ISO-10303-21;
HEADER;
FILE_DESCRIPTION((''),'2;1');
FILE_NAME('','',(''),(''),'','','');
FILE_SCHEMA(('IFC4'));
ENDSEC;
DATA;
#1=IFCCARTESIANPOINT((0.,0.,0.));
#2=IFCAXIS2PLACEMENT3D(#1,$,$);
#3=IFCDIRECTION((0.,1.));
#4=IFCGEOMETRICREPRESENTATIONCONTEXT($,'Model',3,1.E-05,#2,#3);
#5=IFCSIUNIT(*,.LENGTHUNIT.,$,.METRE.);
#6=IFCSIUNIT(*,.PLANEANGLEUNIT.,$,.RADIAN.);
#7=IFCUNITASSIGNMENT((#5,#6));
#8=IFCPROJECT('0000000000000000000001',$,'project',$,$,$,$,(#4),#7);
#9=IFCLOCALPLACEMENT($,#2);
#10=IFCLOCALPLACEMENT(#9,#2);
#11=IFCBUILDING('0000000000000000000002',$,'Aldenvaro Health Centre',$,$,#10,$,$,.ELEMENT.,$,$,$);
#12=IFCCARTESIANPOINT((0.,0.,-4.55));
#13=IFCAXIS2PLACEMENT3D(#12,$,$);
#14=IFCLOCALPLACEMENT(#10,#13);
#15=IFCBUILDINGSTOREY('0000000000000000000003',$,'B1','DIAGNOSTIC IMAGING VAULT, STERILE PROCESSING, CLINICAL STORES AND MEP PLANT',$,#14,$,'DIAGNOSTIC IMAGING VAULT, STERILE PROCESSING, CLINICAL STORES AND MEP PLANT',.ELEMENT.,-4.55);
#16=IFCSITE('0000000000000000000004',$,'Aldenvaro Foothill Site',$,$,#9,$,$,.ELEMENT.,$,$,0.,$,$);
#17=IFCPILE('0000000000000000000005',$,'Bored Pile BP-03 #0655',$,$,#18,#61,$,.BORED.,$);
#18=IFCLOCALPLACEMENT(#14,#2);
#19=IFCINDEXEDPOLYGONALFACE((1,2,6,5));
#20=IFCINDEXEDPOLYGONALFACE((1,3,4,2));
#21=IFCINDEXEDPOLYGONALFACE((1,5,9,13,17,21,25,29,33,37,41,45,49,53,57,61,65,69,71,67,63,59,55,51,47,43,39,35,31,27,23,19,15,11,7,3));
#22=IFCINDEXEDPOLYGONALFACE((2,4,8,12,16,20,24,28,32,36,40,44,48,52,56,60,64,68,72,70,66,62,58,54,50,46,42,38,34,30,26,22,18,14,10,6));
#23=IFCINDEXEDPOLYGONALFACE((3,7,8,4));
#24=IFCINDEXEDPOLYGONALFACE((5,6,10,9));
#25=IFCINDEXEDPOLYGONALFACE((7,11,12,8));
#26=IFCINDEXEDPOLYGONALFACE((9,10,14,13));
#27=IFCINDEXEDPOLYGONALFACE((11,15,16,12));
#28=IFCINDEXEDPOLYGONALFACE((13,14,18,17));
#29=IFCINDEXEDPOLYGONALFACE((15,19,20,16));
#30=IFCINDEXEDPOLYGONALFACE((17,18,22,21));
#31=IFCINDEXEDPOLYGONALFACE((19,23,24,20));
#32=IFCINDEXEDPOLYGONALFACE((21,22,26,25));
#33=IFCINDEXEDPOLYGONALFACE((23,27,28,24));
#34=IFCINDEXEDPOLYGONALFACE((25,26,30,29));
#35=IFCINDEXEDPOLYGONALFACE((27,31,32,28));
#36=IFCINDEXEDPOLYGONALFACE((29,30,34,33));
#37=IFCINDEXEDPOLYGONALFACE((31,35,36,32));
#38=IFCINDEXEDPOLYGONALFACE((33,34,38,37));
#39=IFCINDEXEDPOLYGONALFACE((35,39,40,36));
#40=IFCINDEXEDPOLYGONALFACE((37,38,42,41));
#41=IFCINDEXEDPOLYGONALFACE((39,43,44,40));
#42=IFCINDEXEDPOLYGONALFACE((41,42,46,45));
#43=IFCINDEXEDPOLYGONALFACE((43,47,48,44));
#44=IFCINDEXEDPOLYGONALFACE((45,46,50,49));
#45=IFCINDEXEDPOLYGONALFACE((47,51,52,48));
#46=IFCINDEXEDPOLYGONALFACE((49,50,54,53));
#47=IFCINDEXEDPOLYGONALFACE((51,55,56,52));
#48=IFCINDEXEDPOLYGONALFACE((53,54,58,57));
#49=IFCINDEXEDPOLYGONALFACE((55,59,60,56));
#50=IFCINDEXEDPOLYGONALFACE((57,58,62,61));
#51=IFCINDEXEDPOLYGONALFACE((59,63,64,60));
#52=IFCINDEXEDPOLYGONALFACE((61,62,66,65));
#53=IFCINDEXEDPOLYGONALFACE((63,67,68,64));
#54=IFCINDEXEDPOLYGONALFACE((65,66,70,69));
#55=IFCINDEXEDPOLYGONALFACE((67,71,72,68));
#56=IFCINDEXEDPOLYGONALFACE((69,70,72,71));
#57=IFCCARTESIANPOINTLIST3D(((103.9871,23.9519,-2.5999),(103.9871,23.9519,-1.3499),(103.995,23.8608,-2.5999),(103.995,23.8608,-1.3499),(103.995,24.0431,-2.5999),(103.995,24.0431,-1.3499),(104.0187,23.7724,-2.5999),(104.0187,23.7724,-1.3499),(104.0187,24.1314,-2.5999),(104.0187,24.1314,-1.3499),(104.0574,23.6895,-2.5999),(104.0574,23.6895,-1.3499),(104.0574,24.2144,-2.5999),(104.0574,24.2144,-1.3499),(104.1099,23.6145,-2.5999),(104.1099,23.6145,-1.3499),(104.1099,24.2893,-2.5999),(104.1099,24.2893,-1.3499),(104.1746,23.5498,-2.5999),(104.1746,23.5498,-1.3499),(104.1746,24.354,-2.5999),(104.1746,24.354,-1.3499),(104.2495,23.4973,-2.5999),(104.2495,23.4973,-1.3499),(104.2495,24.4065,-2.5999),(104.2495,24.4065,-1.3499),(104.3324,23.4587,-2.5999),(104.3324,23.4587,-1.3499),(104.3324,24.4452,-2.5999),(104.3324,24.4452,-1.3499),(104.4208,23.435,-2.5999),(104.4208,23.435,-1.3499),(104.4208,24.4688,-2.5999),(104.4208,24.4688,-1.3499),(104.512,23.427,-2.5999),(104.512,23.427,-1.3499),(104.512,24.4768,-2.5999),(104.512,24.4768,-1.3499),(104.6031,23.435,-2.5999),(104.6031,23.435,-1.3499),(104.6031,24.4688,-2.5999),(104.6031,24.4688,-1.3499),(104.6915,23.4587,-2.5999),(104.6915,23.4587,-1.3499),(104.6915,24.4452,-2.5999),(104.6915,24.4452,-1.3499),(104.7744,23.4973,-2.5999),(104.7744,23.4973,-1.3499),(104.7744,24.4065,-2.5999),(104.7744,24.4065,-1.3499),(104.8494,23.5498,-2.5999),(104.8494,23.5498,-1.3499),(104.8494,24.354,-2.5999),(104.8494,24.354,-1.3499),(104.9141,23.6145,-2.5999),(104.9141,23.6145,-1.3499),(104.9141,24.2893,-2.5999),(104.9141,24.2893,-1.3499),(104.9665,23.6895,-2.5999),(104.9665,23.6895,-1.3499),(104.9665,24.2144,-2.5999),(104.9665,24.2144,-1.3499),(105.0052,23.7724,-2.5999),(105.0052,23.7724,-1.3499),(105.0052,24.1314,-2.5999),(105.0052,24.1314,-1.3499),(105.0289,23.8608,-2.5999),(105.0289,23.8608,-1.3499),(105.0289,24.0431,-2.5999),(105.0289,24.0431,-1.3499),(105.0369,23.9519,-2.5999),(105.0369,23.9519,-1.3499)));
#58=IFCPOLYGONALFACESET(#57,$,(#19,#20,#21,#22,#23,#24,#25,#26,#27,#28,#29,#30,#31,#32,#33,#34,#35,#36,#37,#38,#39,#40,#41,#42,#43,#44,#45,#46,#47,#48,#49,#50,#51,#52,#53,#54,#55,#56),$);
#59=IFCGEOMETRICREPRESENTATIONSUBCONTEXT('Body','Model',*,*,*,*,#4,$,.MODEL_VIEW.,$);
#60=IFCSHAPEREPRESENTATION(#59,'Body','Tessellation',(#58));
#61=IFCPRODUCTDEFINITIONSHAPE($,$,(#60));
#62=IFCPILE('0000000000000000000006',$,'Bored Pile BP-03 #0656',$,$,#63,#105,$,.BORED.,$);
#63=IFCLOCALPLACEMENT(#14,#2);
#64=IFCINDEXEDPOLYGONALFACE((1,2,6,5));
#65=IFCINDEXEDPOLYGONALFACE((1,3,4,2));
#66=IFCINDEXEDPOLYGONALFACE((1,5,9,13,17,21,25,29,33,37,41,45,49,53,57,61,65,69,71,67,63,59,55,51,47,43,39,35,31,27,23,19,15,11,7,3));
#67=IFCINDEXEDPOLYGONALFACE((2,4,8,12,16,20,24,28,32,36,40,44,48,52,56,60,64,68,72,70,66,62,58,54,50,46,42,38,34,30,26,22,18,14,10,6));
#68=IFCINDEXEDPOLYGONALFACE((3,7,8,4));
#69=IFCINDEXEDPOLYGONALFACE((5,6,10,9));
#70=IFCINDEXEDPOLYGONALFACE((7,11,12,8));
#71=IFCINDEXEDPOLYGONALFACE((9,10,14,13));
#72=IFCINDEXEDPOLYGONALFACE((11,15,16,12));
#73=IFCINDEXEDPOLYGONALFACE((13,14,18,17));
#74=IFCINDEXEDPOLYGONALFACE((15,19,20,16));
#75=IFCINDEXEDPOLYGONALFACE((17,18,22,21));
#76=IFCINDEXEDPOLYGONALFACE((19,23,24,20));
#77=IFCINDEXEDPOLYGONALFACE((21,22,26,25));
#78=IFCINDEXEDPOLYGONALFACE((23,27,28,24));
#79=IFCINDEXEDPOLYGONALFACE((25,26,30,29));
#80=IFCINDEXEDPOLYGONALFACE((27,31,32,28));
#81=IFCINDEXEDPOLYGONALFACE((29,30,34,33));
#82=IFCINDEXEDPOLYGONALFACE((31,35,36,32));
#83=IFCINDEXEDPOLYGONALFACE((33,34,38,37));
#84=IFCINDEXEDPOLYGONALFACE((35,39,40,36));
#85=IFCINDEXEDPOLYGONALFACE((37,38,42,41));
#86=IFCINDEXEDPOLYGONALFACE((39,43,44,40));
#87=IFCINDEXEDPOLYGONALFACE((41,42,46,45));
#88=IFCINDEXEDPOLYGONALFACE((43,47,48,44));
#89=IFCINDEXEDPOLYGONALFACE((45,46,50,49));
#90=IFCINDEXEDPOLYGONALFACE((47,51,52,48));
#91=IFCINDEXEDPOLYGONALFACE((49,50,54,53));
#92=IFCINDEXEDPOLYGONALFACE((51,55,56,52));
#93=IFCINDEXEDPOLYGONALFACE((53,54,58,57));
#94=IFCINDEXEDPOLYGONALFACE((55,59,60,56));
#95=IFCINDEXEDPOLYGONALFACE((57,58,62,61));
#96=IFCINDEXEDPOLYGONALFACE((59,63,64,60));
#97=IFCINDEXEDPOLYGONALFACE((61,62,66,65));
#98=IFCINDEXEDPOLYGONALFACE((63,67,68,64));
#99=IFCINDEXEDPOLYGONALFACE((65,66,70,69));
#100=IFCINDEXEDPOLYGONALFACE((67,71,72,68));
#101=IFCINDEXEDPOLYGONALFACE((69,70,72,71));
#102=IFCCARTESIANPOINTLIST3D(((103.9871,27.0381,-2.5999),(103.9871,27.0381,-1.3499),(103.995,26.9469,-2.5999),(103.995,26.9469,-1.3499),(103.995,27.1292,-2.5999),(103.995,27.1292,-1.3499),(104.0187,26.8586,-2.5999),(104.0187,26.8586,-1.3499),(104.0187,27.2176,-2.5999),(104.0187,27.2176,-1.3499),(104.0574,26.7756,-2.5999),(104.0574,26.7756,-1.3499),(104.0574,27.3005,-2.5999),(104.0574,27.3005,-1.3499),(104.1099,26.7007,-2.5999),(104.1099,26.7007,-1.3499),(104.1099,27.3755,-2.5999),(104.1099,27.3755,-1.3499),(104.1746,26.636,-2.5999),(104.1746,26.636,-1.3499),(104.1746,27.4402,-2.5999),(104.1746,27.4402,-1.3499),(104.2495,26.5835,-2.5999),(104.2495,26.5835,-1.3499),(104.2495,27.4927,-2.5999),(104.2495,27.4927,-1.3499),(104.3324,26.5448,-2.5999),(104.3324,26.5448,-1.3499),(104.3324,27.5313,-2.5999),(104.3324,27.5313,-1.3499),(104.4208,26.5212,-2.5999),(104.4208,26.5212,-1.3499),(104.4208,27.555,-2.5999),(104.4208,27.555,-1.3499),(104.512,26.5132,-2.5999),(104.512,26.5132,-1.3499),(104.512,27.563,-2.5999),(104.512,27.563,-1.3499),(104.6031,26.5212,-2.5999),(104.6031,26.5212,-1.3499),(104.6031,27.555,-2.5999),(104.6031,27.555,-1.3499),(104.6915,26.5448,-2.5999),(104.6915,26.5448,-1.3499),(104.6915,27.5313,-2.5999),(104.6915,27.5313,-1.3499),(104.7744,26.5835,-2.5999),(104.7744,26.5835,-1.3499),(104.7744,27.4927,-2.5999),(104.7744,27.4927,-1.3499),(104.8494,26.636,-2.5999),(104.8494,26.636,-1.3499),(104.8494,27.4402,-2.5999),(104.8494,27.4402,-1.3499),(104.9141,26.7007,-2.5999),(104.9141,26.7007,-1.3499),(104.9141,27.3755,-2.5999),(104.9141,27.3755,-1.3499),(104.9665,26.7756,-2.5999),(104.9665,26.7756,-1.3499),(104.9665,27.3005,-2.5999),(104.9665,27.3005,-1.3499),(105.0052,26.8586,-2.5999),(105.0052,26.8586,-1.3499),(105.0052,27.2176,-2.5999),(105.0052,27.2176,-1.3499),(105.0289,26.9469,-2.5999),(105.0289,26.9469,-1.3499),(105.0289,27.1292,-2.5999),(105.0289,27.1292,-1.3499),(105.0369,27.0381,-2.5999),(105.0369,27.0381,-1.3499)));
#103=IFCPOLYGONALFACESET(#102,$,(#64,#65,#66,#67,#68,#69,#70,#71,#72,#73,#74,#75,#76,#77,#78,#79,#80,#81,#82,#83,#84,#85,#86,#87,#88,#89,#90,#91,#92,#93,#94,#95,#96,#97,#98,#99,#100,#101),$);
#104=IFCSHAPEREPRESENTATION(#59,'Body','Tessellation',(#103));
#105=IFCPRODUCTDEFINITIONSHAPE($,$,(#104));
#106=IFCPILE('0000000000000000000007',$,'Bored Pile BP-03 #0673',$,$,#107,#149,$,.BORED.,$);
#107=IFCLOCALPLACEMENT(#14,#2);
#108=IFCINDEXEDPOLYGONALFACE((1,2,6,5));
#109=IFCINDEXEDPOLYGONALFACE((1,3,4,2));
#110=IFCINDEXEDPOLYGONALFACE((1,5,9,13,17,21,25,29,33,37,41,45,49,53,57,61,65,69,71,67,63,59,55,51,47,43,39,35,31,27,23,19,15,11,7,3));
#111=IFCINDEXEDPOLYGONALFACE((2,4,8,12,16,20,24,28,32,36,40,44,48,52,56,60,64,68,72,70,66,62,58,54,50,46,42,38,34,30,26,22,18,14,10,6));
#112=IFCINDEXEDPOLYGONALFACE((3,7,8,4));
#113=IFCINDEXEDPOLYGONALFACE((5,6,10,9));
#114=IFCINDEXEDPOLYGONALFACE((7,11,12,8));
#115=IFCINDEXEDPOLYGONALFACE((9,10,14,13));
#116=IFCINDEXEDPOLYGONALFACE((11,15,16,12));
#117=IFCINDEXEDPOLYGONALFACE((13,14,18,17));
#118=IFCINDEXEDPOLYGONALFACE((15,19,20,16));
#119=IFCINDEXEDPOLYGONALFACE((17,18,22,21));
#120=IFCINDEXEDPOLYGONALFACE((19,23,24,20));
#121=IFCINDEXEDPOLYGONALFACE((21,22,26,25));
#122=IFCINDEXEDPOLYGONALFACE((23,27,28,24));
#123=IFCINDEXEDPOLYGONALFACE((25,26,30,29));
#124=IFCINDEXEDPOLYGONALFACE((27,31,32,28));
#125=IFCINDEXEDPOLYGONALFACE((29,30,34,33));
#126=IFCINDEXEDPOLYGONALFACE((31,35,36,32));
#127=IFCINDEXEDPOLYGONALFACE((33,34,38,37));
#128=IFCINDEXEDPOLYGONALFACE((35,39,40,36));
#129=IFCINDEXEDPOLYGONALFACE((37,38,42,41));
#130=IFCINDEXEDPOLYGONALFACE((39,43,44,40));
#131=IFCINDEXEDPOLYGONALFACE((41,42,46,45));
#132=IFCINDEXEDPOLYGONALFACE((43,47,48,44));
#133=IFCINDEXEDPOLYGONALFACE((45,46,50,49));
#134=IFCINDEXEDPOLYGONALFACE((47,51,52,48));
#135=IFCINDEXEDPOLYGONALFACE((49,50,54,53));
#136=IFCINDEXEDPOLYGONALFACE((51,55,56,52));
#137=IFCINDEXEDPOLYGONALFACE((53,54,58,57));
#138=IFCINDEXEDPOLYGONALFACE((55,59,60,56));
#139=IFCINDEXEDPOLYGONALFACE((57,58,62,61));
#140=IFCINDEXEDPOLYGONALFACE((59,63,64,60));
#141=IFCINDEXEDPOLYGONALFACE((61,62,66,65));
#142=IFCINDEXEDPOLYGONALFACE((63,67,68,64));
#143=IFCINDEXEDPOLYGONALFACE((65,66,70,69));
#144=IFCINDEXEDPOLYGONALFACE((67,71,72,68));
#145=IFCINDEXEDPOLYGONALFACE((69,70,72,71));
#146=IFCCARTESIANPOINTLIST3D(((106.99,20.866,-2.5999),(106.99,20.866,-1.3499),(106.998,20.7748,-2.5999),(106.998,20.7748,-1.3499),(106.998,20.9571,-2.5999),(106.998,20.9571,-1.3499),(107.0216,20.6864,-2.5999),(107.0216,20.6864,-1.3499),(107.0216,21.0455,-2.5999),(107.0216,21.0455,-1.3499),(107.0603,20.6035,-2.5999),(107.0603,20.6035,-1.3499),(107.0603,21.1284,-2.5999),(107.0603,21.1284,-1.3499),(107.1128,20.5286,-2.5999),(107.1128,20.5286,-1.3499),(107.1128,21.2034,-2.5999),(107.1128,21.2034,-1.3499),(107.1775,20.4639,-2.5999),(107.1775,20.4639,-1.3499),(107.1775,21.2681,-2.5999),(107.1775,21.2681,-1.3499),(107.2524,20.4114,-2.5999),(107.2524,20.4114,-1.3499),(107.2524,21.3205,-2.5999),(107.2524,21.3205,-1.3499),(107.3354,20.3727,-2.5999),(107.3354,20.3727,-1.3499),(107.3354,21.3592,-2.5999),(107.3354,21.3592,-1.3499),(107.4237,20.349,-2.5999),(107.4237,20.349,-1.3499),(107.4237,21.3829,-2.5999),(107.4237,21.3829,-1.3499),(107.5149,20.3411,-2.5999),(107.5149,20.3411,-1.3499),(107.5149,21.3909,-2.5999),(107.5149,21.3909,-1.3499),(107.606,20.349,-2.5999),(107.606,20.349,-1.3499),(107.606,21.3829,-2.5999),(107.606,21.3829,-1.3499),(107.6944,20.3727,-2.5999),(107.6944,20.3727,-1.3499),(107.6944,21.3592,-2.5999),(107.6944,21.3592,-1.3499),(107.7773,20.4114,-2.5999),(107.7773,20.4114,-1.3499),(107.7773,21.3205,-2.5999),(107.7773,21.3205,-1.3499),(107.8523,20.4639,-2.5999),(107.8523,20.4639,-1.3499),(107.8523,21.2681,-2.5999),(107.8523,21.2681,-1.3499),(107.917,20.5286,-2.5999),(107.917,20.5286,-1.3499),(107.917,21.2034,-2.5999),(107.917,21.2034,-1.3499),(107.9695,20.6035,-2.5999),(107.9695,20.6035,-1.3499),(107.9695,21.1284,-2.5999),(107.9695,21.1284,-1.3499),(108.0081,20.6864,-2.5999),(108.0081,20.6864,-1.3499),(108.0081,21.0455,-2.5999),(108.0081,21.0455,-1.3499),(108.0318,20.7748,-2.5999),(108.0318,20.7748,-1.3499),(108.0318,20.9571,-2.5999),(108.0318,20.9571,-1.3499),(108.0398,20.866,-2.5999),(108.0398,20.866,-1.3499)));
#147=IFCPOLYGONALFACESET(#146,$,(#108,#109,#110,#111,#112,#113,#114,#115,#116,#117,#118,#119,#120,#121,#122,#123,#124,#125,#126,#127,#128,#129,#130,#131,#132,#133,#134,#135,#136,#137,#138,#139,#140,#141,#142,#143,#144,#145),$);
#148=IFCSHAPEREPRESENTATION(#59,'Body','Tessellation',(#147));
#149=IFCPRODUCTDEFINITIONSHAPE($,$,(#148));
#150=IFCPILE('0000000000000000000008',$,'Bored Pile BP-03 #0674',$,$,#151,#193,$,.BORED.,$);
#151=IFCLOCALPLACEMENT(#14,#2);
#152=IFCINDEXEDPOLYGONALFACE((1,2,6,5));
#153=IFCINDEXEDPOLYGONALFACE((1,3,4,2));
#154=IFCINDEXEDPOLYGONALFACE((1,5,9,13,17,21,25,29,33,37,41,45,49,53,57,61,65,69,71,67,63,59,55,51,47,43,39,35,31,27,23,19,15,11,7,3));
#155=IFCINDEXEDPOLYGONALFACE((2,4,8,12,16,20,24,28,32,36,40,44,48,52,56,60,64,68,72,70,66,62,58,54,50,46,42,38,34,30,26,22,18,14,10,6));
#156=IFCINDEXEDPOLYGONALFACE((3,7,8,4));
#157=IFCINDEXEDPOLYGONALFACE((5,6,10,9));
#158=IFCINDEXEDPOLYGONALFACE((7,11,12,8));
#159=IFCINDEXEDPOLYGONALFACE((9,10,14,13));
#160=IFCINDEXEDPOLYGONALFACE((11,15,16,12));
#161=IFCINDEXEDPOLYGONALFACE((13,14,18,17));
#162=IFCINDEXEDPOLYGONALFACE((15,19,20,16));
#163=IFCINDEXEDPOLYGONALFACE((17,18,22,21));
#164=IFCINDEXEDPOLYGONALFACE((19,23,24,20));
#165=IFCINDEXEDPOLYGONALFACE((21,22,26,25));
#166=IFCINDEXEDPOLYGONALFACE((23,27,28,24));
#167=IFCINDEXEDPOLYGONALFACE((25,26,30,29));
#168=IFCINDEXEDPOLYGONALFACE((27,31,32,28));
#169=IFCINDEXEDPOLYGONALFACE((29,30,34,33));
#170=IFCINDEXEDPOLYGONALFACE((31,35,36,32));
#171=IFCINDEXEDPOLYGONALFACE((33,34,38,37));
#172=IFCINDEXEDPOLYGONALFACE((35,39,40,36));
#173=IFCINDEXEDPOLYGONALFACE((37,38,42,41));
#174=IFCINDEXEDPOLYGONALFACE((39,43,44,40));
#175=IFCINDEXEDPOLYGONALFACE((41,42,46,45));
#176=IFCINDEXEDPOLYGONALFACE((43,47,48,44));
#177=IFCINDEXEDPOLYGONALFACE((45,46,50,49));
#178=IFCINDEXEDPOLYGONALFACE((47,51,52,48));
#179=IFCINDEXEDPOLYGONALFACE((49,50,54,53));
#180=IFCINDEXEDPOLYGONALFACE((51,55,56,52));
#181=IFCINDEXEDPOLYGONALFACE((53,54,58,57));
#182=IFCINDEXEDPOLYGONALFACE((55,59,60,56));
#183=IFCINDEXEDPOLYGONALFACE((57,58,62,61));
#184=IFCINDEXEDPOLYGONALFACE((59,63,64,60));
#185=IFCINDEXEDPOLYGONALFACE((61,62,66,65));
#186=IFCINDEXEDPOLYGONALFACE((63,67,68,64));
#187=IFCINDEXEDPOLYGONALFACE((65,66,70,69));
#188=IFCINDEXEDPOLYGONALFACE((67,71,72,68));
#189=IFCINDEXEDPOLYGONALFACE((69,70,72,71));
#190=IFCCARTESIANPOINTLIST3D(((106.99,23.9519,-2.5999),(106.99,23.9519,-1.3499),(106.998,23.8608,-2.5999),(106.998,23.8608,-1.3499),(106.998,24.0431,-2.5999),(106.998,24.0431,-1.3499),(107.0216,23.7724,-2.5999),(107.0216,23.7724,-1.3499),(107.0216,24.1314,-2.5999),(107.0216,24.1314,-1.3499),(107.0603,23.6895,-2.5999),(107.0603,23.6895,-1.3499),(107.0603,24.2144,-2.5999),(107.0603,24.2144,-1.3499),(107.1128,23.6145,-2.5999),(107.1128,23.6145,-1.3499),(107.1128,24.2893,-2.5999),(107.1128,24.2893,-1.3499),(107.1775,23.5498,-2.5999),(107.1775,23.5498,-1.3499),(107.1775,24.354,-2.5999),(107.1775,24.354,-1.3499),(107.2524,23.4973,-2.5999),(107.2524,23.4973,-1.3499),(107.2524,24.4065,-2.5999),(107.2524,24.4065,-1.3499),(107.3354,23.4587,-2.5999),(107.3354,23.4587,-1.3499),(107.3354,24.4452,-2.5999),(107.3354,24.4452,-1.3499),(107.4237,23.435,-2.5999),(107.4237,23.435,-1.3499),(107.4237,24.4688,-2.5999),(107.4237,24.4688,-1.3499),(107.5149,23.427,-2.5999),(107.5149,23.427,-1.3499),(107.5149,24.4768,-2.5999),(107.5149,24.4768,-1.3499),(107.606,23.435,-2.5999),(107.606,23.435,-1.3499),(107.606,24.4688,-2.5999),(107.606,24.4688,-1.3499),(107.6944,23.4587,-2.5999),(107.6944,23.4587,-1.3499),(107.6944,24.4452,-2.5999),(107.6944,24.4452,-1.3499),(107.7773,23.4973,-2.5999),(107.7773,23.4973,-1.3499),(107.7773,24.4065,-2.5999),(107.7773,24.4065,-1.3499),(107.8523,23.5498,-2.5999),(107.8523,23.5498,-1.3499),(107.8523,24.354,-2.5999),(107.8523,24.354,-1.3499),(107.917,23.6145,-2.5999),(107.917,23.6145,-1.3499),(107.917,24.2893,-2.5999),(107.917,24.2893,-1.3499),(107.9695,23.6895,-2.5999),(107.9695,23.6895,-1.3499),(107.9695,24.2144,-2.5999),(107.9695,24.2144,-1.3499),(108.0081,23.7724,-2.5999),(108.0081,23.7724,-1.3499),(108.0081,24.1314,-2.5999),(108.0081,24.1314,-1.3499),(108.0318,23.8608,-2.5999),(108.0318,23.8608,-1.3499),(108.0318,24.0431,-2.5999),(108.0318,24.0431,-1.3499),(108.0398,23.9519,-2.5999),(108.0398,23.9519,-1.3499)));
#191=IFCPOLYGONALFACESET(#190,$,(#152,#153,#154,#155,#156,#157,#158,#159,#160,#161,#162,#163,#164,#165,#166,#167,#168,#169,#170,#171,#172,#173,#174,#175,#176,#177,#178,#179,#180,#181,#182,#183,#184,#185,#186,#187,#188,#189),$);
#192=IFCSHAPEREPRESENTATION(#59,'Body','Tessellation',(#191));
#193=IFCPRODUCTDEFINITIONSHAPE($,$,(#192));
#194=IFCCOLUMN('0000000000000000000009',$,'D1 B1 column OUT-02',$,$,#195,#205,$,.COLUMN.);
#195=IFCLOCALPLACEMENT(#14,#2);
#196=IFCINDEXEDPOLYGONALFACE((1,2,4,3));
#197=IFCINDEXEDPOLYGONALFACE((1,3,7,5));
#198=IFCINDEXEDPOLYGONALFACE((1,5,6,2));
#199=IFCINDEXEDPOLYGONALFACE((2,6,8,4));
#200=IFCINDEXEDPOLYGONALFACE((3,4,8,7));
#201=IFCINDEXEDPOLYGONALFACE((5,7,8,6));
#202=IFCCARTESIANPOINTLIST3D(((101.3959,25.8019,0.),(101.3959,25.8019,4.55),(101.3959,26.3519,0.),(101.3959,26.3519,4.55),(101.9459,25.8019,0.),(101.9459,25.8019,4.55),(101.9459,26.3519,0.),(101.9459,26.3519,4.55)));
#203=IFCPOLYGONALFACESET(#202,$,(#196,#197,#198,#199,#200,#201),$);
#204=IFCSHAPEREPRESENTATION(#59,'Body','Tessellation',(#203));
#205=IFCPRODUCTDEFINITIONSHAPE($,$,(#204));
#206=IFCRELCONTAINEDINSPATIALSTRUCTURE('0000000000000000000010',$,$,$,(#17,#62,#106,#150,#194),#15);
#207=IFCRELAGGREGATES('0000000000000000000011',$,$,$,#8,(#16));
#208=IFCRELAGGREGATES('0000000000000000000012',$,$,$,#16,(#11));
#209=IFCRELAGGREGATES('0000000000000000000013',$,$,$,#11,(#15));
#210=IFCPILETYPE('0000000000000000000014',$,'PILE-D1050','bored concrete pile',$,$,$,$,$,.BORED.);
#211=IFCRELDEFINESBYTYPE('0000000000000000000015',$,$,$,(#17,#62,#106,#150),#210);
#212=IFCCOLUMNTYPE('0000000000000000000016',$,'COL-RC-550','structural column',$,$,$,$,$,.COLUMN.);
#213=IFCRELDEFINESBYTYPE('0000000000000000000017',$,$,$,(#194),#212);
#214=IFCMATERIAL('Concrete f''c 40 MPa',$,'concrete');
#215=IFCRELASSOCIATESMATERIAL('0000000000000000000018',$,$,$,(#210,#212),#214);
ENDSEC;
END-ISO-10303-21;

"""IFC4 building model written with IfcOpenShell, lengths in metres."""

from ifc_helpers import new_model, si_unit, direction, frame, origin, origin_2d, place, context, subcontext, project, spatial, rectangle, circle, extrude, material, material_profile, profile_set, type_object, element, save


model = new_model("IFC4")

# Units and contexts
model_context = context("Model", 3, precision=1e-05, world=origin(), true_north=direction((0.0, 1.0)))
body_context = subcontext(model_context, "Body", "Model", "MODEL_VIEW")
ifc_project = project(units=[si_unit("LENGTHUNIT", "METRE"), si_unit("PLANEANGLEUNIT", "RADIAN")], contexts=[model_context])

# Site, building, storey
site_placement = place(None, origin())
site = spatial("IfcSite", under=ifc_project, at=site_placement, Name="Aldenvaro Foothill Site", CompositionType="ELEMENT", RefElevation=0.0)
building_placement = place(site_placement, origin())
building = spatial("IfcBuilding", under=site, at=building_placement, Name="Aldenvaro Health Centre", CompositionType="ELEMENT")
storey_placement = place(building_placement, frame((0.0, 0.0, -4.55)))
storey = spatial("IfcBuildingStorey", under=building, at=storey_placement, Name="B1", Description="DIAGNOSTIC IMAGING VAULT, STERILE PROCESSING, CLINICAL STORES AND MEP PLANT", LongName="DIAGNOSTIC IMAGING VAULT, STERILE PROCESSING, CLINICAL STORES AND MEP PLANT", CompositionType="ELEMENT", Elevation=-4.55)

# Piles
ifc_material_1 = material(Name="Concrete f'c 40 MPa", Category="concrete")
ifc_material_profile_1 = material_profile(ifc_material_1, circle(Radius=0.5249, at=origin_2d()), Name="PILE D1050", Category="concrete")
ifc_profile_set_1 = profile_set([ifc_material_profile_1], Name="Concrete f'c 40 MPa")
pile_type = type_object("IfcPileType", Name="PILE-D1050", Description="bored concrete pile", PredefinedType="BORED", material=ifc_profile_set_1)
for number, where, z_axis, x_axis, name in (
    (1, (104.512, 23.9519, -1.3499), (0.0, 0.0, -1.0), (1.0, 0.0, 0.0), "Bored Pile BP-03 #0655"),
    (2, (104.512, 27.0381, -1.3499), (0.0, 0.0, -1.0), (1.0, 0.0, 0.0), "Bored Pile BP-03 #0656"),
    (3, (107.5149, 20.866, -1.3499), (0.0, 0.0, -1.0), (1.0, 0.0, 0.0), "Bored Pile BP-03 #0673"),
    (4, (107.5149, 23.9519, -1.3499), (0.0, 0.0, -1.0), (1.0, 0.0, 0.0), "Bored Pile BP-03 #0674"),
):
    element("IfcPile", number, at=place(storey_placement, frame(where, z_axis=z_axis, x_axis=x_axis)), inside=storey, type_object=pile_type, Name=name, PredefinedType="BORED", context=body_context, shape_type="SweptSolid", body=[
        extrude(circle(Radius=0.5249, at=origin_2d()), origin(), (0.0, 0.0, 1.0), 1.25),
    ])

# Column
ifc_material_profile_2 = material_profile(ifc_material_1, rectangle(XDim=0.55, YDim=0.55, at=origin_2d()), Name="RC 550x550", Category="concrete")
ifc_profile_set_2 = profile_set([ifc_material_profile_2], Name="Concrete f'c 40 MPa")
column_type_1 = type_object("IfcColumnType", Name="COL-RC-550", Description="structural column", PredefinedType="COLUMN", material=ifc_profile_set_2)
column_1_placement = place(storey_placement, frame((101.6709, 26.0769, 0.0), z_axis=(0.0, 0.0, 1.0), x_axis=(1.0, 0.0, 0.0)))
element("IfcColumn", 5, at=column_1_placement, inside=storey, type_object=column_type_1, Name="D1 B1 column OUT-02", PredefinedType="COLUMN", context=body_context, shape_type="SweptSolid", body=[
    extrude(rectangle(XDim=0.55, YDim=0.55, at=origin_2d()), origin(), (0.0, 0.0, 1.0), 4.55),
])

save(model, "model.ifc")
